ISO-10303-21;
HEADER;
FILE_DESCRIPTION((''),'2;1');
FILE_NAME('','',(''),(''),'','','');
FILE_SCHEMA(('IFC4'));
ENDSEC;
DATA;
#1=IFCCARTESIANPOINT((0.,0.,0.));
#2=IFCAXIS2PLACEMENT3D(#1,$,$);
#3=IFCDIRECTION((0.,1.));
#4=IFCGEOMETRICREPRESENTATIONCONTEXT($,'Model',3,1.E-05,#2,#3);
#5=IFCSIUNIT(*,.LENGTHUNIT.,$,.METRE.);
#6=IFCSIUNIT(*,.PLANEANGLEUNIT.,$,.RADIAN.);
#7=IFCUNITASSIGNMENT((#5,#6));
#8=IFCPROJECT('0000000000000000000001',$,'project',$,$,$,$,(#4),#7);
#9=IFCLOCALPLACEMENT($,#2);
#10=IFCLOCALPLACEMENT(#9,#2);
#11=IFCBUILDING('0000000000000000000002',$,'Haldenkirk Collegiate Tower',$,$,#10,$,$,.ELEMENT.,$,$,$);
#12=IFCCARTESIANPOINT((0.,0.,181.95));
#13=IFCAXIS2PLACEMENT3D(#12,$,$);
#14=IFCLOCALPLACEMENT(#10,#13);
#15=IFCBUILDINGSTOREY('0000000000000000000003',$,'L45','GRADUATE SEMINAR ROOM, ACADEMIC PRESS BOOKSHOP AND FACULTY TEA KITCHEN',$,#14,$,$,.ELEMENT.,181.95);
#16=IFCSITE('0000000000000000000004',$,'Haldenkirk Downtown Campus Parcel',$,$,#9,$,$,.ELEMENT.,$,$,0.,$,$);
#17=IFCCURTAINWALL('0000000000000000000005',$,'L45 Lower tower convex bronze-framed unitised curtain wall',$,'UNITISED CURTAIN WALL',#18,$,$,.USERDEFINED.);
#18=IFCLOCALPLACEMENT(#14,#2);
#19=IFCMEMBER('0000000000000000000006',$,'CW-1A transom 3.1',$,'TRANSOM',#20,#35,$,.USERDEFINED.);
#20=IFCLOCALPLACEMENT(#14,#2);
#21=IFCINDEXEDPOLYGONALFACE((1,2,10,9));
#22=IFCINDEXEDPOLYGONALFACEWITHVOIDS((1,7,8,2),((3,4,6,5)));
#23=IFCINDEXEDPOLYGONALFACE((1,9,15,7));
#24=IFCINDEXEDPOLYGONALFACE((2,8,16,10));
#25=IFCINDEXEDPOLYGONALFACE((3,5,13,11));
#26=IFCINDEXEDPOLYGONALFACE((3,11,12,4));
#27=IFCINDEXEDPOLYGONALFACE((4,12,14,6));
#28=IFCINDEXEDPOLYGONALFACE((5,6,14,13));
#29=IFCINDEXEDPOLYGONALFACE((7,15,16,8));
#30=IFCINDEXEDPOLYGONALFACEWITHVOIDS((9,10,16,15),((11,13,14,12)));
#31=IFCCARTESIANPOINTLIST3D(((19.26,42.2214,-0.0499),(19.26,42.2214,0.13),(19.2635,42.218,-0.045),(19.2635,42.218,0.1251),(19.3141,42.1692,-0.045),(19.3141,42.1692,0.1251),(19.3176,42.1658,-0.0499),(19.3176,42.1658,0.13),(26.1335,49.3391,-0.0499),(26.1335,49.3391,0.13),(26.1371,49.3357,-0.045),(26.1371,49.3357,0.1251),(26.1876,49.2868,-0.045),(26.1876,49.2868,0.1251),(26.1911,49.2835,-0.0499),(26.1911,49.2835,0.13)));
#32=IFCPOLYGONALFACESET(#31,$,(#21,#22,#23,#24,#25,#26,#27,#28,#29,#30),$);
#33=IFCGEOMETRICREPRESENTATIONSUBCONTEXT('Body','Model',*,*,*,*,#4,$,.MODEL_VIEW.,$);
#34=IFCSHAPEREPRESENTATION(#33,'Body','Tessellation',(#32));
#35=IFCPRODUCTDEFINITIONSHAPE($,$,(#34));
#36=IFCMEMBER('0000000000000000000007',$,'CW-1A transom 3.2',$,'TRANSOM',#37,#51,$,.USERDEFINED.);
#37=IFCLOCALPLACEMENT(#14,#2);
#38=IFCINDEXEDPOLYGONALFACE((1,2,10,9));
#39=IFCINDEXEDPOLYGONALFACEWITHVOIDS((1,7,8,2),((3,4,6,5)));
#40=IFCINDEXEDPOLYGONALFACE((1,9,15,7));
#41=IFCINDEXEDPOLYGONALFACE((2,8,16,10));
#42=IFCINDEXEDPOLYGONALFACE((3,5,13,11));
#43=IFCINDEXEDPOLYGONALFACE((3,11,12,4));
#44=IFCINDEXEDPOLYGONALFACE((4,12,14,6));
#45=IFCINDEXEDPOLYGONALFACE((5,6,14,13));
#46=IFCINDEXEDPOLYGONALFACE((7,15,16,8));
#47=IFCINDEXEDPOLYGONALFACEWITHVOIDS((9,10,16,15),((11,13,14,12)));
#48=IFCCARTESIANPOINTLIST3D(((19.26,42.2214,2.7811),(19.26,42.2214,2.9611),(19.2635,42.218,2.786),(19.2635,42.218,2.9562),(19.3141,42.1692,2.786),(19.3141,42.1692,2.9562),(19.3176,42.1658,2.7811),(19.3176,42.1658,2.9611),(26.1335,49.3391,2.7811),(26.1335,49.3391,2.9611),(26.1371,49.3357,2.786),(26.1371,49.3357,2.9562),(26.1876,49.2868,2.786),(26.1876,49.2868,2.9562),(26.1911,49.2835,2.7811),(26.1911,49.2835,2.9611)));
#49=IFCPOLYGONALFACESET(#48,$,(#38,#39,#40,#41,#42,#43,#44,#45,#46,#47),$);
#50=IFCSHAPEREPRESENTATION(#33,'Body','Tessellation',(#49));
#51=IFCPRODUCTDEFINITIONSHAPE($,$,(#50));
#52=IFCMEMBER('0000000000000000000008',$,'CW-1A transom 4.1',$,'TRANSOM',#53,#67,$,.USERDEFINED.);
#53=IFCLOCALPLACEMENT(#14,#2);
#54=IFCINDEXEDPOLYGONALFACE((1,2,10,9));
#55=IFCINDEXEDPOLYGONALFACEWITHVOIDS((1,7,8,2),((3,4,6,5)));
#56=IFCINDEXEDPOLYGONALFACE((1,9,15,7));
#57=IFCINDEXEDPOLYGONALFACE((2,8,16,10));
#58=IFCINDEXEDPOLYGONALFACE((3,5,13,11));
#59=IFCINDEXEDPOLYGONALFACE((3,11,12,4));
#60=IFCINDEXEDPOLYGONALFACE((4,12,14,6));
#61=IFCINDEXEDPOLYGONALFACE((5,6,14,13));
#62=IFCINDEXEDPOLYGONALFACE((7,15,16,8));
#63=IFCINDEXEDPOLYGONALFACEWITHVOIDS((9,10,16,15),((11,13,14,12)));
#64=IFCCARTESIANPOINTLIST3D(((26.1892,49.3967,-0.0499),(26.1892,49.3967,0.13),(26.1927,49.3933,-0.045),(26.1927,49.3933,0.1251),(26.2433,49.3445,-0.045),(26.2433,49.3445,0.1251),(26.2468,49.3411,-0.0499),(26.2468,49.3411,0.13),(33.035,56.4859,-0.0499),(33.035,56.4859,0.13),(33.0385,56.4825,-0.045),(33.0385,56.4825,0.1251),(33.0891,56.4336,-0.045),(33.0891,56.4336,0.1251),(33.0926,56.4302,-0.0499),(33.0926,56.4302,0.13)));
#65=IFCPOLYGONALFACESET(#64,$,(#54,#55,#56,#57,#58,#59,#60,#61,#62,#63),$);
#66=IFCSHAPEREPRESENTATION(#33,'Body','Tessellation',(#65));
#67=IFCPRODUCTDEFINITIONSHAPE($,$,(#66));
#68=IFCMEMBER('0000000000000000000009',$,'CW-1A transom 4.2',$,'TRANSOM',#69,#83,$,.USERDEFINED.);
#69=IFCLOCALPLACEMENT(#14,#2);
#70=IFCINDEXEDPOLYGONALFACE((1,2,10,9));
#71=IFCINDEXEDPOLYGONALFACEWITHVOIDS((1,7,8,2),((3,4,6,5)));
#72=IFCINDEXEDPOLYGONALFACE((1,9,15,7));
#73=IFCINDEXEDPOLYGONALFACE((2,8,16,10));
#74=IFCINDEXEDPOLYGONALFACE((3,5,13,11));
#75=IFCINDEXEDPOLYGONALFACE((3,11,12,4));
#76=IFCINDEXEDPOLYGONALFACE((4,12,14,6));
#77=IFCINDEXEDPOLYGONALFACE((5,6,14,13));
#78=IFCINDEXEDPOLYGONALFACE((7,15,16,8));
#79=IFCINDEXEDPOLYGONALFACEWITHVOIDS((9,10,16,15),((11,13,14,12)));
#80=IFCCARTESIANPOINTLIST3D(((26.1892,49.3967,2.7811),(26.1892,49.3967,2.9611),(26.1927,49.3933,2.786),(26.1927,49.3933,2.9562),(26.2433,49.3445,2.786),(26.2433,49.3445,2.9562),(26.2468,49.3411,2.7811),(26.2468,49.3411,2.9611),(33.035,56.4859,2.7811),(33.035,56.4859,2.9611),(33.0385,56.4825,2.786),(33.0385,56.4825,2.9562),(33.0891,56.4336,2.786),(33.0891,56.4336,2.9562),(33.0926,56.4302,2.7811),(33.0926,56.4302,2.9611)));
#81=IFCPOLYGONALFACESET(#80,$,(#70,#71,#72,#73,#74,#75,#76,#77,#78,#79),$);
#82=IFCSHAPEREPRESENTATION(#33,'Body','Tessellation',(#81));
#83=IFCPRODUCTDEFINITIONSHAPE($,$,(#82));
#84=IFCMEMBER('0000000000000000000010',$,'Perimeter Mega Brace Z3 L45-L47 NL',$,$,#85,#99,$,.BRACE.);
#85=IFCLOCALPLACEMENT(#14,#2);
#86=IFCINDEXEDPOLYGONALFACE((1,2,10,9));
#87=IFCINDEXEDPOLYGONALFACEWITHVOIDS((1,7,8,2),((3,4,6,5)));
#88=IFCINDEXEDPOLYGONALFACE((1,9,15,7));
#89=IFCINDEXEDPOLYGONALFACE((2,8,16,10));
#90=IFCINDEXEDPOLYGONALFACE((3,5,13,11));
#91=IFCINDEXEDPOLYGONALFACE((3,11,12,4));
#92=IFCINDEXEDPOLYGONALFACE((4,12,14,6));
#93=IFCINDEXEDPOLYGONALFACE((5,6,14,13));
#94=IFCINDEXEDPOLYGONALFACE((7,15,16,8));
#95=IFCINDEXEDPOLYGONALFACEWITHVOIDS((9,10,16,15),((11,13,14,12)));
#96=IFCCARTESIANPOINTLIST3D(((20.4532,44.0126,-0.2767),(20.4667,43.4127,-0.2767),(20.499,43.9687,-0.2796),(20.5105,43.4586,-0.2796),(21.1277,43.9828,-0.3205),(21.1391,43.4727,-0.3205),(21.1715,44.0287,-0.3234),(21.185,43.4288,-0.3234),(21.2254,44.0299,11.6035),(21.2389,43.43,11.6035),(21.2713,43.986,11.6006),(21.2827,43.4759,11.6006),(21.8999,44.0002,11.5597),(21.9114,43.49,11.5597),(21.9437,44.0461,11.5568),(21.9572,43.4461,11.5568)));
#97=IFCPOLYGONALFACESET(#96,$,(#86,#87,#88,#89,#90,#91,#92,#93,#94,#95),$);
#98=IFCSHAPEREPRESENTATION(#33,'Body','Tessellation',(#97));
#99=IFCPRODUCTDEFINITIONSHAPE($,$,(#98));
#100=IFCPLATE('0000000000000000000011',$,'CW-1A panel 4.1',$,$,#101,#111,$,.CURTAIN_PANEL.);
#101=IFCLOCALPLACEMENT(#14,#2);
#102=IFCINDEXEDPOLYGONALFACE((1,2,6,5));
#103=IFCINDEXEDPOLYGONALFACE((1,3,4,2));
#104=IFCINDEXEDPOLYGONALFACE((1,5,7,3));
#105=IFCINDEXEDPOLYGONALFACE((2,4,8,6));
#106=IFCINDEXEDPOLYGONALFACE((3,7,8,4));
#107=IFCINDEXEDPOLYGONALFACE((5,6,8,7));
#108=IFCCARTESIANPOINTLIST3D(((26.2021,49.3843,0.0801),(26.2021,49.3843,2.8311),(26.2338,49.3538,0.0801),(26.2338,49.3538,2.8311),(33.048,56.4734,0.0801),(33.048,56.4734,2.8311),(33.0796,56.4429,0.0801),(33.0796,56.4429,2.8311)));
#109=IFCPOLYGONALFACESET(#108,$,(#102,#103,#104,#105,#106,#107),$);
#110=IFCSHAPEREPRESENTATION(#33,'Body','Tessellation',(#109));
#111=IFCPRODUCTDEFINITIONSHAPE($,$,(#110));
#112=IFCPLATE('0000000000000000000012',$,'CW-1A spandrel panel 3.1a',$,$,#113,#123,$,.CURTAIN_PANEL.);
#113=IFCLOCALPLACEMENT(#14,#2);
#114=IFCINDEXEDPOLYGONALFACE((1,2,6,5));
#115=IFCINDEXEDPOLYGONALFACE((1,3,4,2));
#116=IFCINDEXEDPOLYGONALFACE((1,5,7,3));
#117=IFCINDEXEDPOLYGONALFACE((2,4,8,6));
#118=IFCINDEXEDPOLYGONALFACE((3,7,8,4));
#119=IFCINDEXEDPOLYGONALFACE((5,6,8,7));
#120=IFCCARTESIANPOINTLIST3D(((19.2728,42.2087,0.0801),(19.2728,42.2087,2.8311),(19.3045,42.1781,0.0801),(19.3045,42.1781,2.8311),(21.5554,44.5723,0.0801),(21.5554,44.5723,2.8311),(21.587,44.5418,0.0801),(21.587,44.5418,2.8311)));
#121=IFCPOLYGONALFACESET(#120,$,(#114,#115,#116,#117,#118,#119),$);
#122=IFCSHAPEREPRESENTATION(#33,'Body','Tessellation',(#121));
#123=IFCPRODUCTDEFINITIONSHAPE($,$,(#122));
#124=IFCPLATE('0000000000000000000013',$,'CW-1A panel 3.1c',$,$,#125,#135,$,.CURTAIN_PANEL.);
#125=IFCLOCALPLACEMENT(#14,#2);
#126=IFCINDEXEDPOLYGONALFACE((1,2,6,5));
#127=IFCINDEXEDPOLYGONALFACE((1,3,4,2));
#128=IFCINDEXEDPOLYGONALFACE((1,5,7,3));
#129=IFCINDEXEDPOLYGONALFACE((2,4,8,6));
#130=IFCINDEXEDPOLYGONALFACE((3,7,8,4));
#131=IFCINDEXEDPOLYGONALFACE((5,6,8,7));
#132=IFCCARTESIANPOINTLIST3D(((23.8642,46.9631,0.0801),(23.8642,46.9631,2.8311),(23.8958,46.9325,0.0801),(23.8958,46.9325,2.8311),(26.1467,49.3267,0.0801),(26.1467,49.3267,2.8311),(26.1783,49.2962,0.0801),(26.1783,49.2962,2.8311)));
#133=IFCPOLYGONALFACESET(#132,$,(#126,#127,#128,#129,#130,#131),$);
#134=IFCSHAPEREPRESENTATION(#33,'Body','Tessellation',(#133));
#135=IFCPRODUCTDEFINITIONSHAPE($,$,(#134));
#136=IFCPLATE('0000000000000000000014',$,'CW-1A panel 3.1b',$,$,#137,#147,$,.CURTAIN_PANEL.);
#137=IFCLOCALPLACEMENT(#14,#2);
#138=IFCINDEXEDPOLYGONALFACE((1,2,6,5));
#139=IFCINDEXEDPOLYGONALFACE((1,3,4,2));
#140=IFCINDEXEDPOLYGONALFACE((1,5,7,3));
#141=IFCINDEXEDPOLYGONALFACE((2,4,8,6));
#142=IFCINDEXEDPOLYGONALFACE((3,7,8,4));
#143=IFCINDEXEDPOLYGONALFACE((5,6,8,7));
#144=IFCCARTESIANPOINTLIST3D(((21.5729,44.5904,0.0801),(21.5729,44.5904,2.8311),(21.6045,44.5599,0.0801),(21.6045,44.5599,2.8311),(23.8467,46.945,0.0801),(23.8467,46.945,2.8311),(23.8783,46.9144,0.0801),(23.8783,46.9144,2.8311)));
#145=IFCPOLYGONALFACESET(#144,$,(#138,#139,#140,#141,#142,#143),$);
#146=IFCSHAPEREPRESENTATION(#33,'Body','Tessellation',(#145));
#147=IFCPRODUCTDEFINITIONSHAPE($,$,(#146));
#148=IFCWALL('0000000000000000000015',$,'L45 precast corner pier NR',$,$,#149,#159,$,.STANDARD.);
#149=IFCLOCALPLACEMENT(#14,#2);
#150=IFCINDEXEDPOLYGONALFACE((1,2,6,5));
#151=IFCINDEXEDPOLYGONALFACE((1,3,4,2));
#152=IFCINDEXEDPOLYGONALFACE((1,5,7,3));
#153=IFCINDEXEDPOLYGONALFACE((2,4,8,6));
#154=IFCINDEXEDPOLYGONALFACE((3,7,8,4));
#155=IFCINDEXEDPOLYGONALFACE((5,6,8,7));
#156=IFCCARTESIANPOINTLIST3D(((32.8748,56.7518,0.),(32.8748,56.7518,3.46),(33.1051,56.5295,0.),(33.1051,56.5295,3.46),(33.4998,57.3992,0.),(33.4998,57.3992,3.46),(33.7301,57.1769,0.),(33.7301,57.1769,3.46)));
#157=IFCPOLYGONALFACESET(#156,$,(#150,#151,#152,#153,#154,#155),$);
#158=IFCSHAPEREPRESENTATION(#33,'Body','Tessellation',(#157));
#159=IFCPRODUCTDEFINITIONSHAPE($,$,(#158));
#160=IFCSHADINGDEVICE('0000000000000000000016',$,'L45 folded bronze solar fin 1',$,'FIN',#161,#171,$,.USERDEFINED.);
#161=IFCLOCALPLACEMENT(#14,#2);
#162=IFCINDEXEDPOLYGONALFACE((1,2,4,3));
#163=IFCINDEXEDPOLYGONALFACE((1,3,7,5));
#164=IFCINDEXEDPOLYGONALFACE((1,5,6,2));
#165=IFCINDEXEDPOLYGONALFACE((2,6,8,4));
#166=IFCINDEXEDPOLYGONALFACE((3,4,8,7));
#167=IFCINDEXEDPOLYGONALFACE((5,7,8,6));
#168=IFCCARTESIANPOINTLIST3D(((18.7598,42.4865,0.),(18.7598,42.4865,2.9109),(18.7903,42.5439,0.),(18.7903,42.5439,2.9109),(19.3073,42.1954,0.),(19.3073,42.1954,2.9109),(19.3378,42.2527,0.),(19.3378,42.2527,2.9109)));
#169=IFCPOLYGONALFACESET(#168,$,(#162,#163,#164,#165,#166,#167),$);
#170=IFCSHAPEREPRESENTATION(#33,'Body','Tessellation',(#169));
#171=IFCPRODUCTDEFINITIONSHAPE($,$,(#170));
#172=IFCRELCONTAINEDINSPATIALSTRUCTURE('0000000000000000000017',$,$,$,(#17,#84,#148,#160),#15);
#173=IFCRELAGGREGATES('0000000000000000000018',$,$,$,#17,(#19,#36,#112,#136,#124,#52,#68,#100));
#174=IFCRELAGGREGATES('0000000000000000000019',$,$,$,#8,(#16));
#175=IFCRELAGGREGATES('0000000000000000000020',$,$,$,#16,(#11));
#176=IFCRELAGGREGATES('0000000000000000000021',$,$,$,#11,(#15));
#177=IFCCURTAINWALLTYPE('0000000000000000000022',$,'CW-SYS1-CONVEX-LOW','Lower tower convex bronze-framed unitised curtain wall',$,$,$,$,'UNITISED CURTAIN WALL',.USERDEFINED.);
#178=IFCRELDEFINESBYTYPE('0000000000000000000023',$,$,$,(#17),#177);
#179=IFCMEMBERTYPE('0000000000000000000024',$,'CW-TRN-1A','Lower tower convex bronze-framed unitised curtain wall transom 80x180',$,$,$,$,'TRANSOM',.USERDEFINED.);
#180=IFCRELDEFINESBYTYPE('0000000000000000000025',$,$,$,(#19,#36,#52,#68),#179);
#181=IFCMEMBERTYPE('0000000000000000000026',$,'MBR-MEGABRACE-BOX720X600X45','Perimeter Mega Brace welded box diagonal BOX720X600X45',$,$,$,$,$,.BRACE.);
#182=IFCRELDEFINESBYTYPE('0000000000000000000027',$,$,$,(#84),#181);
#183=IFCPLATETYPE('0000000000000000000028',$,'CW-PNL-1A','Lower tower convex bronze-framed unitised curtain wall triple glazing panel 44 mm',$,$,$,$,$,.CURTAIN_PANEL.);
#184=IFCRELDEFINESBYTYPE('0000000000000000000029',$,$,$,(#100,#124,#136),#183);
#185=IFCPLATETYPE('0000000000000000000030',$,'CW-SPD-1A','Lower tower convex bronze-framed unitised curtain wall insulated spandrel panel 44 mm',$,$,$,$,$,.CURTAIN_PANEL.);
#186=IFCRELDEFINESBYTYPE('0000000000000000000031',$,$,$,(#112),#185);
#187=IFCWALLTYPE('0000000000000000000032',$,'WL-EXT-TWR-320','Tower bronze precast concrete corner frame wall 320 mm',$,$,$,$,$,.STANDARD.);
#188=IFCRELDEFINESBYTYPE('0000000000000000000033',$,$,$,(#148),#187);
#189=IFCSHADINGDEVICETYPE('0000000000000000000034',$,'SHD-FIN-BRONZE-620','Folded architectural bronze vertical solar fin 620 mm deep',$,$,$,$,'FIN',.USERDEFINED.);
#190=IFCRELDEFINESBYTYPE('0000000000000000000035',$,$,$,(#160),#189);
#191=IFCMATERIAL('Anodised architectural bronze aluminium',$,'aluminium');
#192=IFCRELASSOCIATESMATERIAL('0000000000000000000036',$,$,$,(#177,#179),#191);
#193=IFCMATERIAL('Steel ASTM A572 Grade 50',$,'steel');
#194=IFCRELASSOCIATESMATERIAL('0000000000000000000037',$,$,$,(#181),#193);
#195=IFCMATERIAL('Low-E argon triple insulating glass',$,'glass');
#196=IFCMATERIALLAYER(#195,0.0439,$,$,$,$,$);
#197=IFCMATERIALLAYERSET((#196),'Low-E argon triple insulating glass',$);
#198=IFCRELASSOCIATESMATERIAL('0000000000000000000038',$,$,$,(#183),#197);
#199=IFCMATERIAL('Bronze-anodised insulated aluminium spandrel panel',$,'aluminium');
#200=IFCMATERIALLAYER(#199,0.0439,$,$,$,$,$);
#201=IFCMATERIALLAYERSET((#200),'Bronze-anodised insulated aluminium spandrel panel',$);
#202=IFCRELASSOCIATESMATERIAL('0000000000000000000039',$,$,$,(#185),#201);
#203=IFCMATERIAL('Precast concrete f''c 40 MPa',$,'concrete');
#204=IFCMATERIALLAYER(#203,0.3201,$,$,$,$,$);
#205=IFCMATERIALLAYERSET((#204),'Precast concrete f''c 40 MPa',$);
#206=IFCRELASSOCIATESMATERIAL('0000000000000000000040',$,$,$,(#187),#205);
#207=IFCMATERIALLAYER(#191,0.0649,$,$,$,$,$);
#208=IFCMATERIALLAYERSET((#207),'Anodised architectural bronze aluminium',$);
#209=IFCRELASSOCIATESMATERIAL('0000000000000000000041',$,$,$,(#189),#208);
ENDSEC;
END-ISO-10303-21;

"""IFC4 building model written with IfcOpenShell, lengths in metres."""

from ifc_helpers import new_model, si_unit, direction, frame, frame_2d, origin, origin_2d, place, context, subcontext, project, spatial, rectangle, hollow_rectangle, extrude, source, transform, mapped, material, layer, layer_set, material_profile, profile_set, type_object, element, aggregate, save


model = new_model("IFC4")

# Units and contexts
model_context = context("Model", 3, precision=1e-05, world=origin(), true_north=direction((0.0, 1.0)))
body_context = subcontext(model_context, "Body", "Model", "MODEL_VIEW")
ifc_project = project(units=[si_unit("LENGTHUNIT", "METRE"), si_unit("PLANEANGLEUNIT", "RADIAN")], contexts=[model_context])

# Site, building, storey
site_placement = place(None, origin())
site = spatial("IfcSite", under=ifc_project, at=site_placement, Name="Haldenkirk Downtown Campus Parcel", CompositionType="ELEMENT", RefElevation=0.0)
building_placement = place(site_placement, origin())
building = spatial("IfcBuilding", under=site, at=building_placement, Name="Haldenkirk Collegiate Tower", CompositionType="ELEMENT")
storey_placement = place(building_placement, frame((0.0, 0.0, 181.95)))
storey = spatial("IfcBuildingStorey", under=building, at=storey_placement, Name="L45", Description="GRADUATE SEMINAR ROOM, ACADEMIC PRESS BOOKSHOP AND FACULTY TEA KITCHEN", CompositionType="ELEMENT", Elevation=181.95)

# Curtain wall, members
ifc_material_1 = material(Name="Anodised architectural bronze aluminium", Category="aluminium")
curtain_wall_type = type_object("IfcCurtainWallType", Name="CW-SYS1-CONVEX-LOW", Description="Lower tower convex bronze-framed unitised curtain wall", ElementType="UNITISED CURTAIN WALL", PredefinedType="USERDEFINED", material=ifc_material_1)
curtain_wall_placement = place(storey_placement, origin())
curtain_wall = element("IfcCurtainWall", 1, at=curtain_wall_placement, inside=storey, type_object=curtain_wall_type, Name="L45 Lower tower convex bronze-framed unitised curtain wall", ObjectType="UNITISED CURTAIN WALL", PredefinedType="USERDEFINED")
ifc_material_profile_1 = material_profile(ifc_material_1, hollow_rectangle(XDim=0.0801, YDim=0.1799, WallThickness=0.0049, at=origin_2d()), Name="CW-TRN-1A")
ifc_profile_set_1 = profile_set([ifc_material_profile_1], Name="Anodised architectural bronze aluminium")
member_type_1 = type_object("IfcMemberType", Name="CW-TRN-1A", Description="Lower tower convex bronze-framed unitised curtain wall transom 80x180", ElementType="TRANSOM", PredefinedType="USERDEFINED", material=ifc_profile_set_1)
member_1_placement = place(storey_placement, frame((19.2888, 42.1936, 0.04), z_axis=(0.694662, 0.719336, 0.0), x_axis=(-0.719336, 0.694662, 0.0)))
member_1 = element("IfcMember", 2, at=member_1_placement, type_object=member_type_1, Name="CW-1A transom 3.1", ObjectType="TRANSOM", PredefinedType="USERDEFINED", context=body_context, shape_type="SweptSolid", body=[
    extrude(hollow_rectangle(XDim=0.0801, YDim=0.1799, WallThickness=0.0049, at=origin_2d()), origin(), (0.0, 0.0, 1.0), 9.8948),
])
member_2_placement = place(storey_placement, frame((19.2888, 42.1936, 2.8711), z_axis=(0.694662, 0.719336, 0.0), x_axis=(-0.719336, 0.694662, 0.0)))
member_2 = element("IfcMember", 3, at=member_2_placement, type_object=member_type_1, Name="CW-1A transom 3.2", ObjectType="TRANSOM", PredefinedType="USERDEFINED", context=body_context, shape_type="SweptSolid", body=[
    extrude(hollow_rectangle(XDim=0.0801, YDim=0.1799, WallThickness=0.0049, at=origin_2d()), origin(), (0.0, 0.0, 1.0), 9.8948),
])
member_3_placement = place(storey_placement, frame((26.218, 49.3689, 0.04), z_axis=(0.694649, 0.719349, 0.0), x_axis=(-0.719349, 0.694649, 0.0)))
member_3 = element("IfcMember", 4, at=member_3_placement, type_object=member_type_1, Name="CW-1A transom 4.1", ObjectType="TRANSOM", PredefinedType="USERDEFINED", context=body_context, shape_type="SweptSolid", body=[
    extrude(hollow_rectangle(XDim=0.0801, YDim=0.1799, WallThickness=0.0049, at=origin_2d()), origin(), (0.0, 0.0, 1.0), 9.855),
])
member_4_placement = place(storey_placement, frame((26.218, 49.3689, 2.8711), z_axis=(0.694649, 0.719349, 0.0), x_axis=(-0.719349, 0.694649, 0.0)))
member_4 = element("IfcMember", 5, at=member_4_placement, type_object=member_type_1, Name="CW-1A transom 4.2", ObjectType="TRANSOM", PredefinedType="USERDEFINED", context=body_context, shape_type="SweptSolid", body=[
    extrude(hollow_rectangle(XDim=0.0801, YDim=0.1799, WallThickness=0.0049, at=origin_2d()), origin(), (0.0, 0.0, 1.0), 9.855),
])

# Member
ifc_material_2 = material(Name="Steel ASTM A572 Grade 50", Category="steel")
ifc_material_profile_2 = material_profile(ifc_material_2, hollow_rectangle(XDim=0.6001, YDim=0.72, WallThickness=0.0449, at=origin_2d()), Name="BOX720X600X45")
ifc_profile_set_2 = profile_set([ifc_material_profile_2], Name="Steel ASTM A572 Grade 50")
member_type_2 = type_object("IfcMemberType", Name="MBR-MEGABRACE-BOX720X600X45", Description="Perimeter Mega Brace welded box diagonal BOX720X600X45", PredefinedType="BRACE", material=ifc_profile_set_2)
member_5_placement = place(storey_placement, frame((20.8191, 43.7207, -0.3), z_axis=(0.064864, 0.001456, 0.997893), x_axis=(-0.022441, 0.999748, 0.0)))
element("IfcMember", 6, at=member_5_placement, inside=storey, type_object=member_type_2, Name="Perimeter Mega Brace Z3 L45-L47 NL", PredefinedType="BRACE", context=body_context, shape_type="SweptSolid", body=[
    extrude(hollow_rectangle(XDim=0.6001, YDim=0.72, WallThickness=0.0449, at=origin_2d()), origin(), (0.0, 0.0, 1.0), 11.9053),
])

# Plates
ifc_material_3 = material(Name="Low-E argon triple insulating glass", Category="glass")
ifc_layer_1 = layer(ifc_material_3, 0.0439)
ifc_layer_set_1 = layer_set([ifc_layer_1], Name="Low-E argon triple insulating glass")
plate_type_1 = type_object("IfcPlateType", Name="CW-PNL-1A", Description="Lower tower convex bronze-framed unitised curtain wall triple glazing panel 44 mm", PredefinedType="CURTAIN_PANEL", material=ifc_layer_set_1)
shared_shape_1 = source(origin(), body_context, "Body", "SweptSolid", [
    extrude(rectangle(XDim=9.855, YDim=0.0439, at=origin_2d()), origin(), (0.0, 0.0, 1.0), 2.751),
])
plate_1_placement = place(storey_placement, frame((29.6409, 52.9136, 0.0801), z_axis=(0.0, 0.0, 1.0), x_axis=(0.694657, 0.719341, 0.0)))
plate_1 = element("IfcPlate", 7, at=plate_1_placement, type_object=plate_type_1, Name="CW-1A panel 4.1", PredefinedType="CURTAIN_PANEL", context=body_context, shape_type="MappedRepresentation", body=[
    mapped(shared_shape_1, transform((0.0, 0.0, 0.0), x_axis=(1.0, 0.0, 0.0), y_axis=(0.0, 1.0, 0.0), z_axis=(0.0, 0.0, 1.0), scale=1.0)),
])
ifc_material_4 = material(Name="Bronze-anodised insulated aluminium spandrel panel", Category="aluminium")
ifc_layer_2 = layer(ifc_material_4, 0.0439)
ifc_layer_set_2 = layer_set([ifc_layer_2], Name="Bronze-anodised insulated aluminium spandrel panel")
plate_type_2 = type_object("IfcPlateType", Name="CW-SPD-1A", Description="Lower tower convex bronze-framed unitised curtain wall insulated spandrel panel 44 mm", PredefinedType="CURTAIN_PANEL", material=ifc_layer_set_2)
shared_shape_2 = source(origin(), body_context, "Body", "SweptSolid", [
    extrude(rectangle(XDim=3.2859, YDim=0.0439, at=origin_2d()), origin(), (0.0, 0.0, 1.0), 2.751),
])
plate_2_placement = place(storey_placement, frame((20.4299, 43.3752, 0.0801), z_axis=(0.0, 0.0, 1.0), x_axis=(0.694657, 0.719341, 0.0)))
plate_2 = element("IfcPlate", 8, at=plate_2_placement, type_object=plate_type_2, Name="CW-1A spandrel panel 3.1a", PredefinedType="CURTAIN_PANEL", context=body_context, shape_type="MappedRepresentation", body=[
    mapped(shared_shape_2, transform((0.0, 0.0, 0.0), x_axis=(1.0, 0.0, 0.0), y_axis=(0.0, 1.0, 0.0), z_axis=(0.0, 0.0, 1.0), scale=1.0)),
])
plate_3_placement = place(storey_placement, frame((25.0212, 48.1296, 0.0801), z_axis=(0.0, 0.0, 1.0), x_axis=(0.694657, 0.719341, 0.0)))
plate_3 = element("IfcPlate", 9, at=plate_3_placement, type_object=plate_type_1, Name="CW-1A panel 3.1c", PredefinedType="CURTAIN_PANEL", context=body_context, shape_type="MappedRepresentation", body=[
    mapped(shared_shape_2, transform((0.0, 0.0, 0.0), x_axis=(1.0, 0.0, 0.0), y_axis=(0.0, 1.0, 0.0), z_axis=(0.0, 0.0, 1.0), scale=1.0)),
])
shared_shape_3 = source(origin(), body_context, "Body", "SweptSolid", [
    extrude(rectangle(XDim=3.2732, YDim=0.0439, at=origin_2d()), origin(), (0.0, 0.0, 1.0), 2.751),
])
plate_4_placement = place(storey_placement, frame((22.7256, 45.7524, 0.0801), z_axis=(0.0, 0.0, 1.0), x_axis=(0.694657, 0.719341, 0.0)))
plate_4 = element("IfcPlate", 10, at=plate_4_placement, type_object=plate_type_1, Name="CW-1A panel 3.1b", PredefinedType="CURTAIN_PANEL", context=body_context, shape_type="MappedRepresentation", body=[
    mapped(shared_shape_3, transform((0.0, 0.0, 0.0), x_axis=(1.0, 0.0, 0.0), y_axis=(0.0, 1.0, 0.0), z_axis=(0.0, 0.0, 1.0), scale=1.0)),
])
aggregate(curtain_wall, [member_1, member_2, plate_2, plate_4, plate_3, member_3, member_4, plate_1])

# Wall
ifc_material_5 = material(Name="Precast concrete f'c 40 MPa", Category="concrete")
ifc_layer_3 = layer(ifc_material_5, 0.3201)
ifc_layer_set_3 = layer_set([ifc_layer_3], Name="Precast concrete f'c 40 MPa")
wall_type = type_object("IfcWallType", Name="WL-EXT-TWR-320", Description="Tower bronze precast concrete corner frame wall 320 mm", PredefinedType="STANDARD", material=ifc_layer_set_3)
wall_placement = place(storey_placement, frame((32.99, 56.6406, 0.0), z_axis=(0.0, 0.0, 1.0), x_axis=(0.694517, 0.719476, 0.0)))
element("IfcWall", 11, at=wall_placement, inside=storey, type_object=wall_type, Name="L45 precast corner pier NR", PredefinedType="STANDARD", context=body_context, shape_type="SweptSolid", body=[
    extrude(rectangle(XDim=0.8999, YDim=0.3201, at=frame_2d((0.45, 0.0))), origin(), (0.0, 0.0, 1.0), 3.46),
])

# Shading device
ifc_layer_4 = layer(ifc_material_1, 0.0649)
ifc_layer_set_4 = layer_set([ifc_layer_4], Name="Anodised architectural bronze aluminium")
shading_device_type = type_object("IfcShadingDeviceType", Name="SHD-FIN-BRONZE-620", Description="Folded architectural bronze vertical solar fin 620 mm deep", ElementType="FIN", PredefinedType="USERDEFINED", material=ifc_layer_set_4)
shared_shape_4 = source(origin(), body_context, "Body", "SweptSolid", [
    extrude(rectangle(XDim=0.6201, YDim=0.0649, at=origin_2d()), origin(), (0.0, 0.0, 1.0), 2.9109),
])
shading_device_placement = place(storey_placement, frame((19.0488, 42.3696, 0.0), z_axis=(0.0, 0.0, 1.0), x_axis=(-0.882948, 0.469472, 0.0)))
element("IfcShadingDevice", 12, at=shading_device_placement, inside=storey, type_object=shading_device_type, Name="L45 folded bronze solar fin 1", ObjectType="FIN", PredefinedType="USERDEFINED", context=body_context, shape_type="MappedRepresentation", body=[
    mapped(shared_shape_4, transform((0.0, 0.0, 0.0), x_axis=(1.0, 0.0, 0.0), y_axis=(0.0, 1.0, 0.0), z_axis=(0.0, 0.0, 1.0), scale=1.0)),
])

save(model, "model.ifc")
